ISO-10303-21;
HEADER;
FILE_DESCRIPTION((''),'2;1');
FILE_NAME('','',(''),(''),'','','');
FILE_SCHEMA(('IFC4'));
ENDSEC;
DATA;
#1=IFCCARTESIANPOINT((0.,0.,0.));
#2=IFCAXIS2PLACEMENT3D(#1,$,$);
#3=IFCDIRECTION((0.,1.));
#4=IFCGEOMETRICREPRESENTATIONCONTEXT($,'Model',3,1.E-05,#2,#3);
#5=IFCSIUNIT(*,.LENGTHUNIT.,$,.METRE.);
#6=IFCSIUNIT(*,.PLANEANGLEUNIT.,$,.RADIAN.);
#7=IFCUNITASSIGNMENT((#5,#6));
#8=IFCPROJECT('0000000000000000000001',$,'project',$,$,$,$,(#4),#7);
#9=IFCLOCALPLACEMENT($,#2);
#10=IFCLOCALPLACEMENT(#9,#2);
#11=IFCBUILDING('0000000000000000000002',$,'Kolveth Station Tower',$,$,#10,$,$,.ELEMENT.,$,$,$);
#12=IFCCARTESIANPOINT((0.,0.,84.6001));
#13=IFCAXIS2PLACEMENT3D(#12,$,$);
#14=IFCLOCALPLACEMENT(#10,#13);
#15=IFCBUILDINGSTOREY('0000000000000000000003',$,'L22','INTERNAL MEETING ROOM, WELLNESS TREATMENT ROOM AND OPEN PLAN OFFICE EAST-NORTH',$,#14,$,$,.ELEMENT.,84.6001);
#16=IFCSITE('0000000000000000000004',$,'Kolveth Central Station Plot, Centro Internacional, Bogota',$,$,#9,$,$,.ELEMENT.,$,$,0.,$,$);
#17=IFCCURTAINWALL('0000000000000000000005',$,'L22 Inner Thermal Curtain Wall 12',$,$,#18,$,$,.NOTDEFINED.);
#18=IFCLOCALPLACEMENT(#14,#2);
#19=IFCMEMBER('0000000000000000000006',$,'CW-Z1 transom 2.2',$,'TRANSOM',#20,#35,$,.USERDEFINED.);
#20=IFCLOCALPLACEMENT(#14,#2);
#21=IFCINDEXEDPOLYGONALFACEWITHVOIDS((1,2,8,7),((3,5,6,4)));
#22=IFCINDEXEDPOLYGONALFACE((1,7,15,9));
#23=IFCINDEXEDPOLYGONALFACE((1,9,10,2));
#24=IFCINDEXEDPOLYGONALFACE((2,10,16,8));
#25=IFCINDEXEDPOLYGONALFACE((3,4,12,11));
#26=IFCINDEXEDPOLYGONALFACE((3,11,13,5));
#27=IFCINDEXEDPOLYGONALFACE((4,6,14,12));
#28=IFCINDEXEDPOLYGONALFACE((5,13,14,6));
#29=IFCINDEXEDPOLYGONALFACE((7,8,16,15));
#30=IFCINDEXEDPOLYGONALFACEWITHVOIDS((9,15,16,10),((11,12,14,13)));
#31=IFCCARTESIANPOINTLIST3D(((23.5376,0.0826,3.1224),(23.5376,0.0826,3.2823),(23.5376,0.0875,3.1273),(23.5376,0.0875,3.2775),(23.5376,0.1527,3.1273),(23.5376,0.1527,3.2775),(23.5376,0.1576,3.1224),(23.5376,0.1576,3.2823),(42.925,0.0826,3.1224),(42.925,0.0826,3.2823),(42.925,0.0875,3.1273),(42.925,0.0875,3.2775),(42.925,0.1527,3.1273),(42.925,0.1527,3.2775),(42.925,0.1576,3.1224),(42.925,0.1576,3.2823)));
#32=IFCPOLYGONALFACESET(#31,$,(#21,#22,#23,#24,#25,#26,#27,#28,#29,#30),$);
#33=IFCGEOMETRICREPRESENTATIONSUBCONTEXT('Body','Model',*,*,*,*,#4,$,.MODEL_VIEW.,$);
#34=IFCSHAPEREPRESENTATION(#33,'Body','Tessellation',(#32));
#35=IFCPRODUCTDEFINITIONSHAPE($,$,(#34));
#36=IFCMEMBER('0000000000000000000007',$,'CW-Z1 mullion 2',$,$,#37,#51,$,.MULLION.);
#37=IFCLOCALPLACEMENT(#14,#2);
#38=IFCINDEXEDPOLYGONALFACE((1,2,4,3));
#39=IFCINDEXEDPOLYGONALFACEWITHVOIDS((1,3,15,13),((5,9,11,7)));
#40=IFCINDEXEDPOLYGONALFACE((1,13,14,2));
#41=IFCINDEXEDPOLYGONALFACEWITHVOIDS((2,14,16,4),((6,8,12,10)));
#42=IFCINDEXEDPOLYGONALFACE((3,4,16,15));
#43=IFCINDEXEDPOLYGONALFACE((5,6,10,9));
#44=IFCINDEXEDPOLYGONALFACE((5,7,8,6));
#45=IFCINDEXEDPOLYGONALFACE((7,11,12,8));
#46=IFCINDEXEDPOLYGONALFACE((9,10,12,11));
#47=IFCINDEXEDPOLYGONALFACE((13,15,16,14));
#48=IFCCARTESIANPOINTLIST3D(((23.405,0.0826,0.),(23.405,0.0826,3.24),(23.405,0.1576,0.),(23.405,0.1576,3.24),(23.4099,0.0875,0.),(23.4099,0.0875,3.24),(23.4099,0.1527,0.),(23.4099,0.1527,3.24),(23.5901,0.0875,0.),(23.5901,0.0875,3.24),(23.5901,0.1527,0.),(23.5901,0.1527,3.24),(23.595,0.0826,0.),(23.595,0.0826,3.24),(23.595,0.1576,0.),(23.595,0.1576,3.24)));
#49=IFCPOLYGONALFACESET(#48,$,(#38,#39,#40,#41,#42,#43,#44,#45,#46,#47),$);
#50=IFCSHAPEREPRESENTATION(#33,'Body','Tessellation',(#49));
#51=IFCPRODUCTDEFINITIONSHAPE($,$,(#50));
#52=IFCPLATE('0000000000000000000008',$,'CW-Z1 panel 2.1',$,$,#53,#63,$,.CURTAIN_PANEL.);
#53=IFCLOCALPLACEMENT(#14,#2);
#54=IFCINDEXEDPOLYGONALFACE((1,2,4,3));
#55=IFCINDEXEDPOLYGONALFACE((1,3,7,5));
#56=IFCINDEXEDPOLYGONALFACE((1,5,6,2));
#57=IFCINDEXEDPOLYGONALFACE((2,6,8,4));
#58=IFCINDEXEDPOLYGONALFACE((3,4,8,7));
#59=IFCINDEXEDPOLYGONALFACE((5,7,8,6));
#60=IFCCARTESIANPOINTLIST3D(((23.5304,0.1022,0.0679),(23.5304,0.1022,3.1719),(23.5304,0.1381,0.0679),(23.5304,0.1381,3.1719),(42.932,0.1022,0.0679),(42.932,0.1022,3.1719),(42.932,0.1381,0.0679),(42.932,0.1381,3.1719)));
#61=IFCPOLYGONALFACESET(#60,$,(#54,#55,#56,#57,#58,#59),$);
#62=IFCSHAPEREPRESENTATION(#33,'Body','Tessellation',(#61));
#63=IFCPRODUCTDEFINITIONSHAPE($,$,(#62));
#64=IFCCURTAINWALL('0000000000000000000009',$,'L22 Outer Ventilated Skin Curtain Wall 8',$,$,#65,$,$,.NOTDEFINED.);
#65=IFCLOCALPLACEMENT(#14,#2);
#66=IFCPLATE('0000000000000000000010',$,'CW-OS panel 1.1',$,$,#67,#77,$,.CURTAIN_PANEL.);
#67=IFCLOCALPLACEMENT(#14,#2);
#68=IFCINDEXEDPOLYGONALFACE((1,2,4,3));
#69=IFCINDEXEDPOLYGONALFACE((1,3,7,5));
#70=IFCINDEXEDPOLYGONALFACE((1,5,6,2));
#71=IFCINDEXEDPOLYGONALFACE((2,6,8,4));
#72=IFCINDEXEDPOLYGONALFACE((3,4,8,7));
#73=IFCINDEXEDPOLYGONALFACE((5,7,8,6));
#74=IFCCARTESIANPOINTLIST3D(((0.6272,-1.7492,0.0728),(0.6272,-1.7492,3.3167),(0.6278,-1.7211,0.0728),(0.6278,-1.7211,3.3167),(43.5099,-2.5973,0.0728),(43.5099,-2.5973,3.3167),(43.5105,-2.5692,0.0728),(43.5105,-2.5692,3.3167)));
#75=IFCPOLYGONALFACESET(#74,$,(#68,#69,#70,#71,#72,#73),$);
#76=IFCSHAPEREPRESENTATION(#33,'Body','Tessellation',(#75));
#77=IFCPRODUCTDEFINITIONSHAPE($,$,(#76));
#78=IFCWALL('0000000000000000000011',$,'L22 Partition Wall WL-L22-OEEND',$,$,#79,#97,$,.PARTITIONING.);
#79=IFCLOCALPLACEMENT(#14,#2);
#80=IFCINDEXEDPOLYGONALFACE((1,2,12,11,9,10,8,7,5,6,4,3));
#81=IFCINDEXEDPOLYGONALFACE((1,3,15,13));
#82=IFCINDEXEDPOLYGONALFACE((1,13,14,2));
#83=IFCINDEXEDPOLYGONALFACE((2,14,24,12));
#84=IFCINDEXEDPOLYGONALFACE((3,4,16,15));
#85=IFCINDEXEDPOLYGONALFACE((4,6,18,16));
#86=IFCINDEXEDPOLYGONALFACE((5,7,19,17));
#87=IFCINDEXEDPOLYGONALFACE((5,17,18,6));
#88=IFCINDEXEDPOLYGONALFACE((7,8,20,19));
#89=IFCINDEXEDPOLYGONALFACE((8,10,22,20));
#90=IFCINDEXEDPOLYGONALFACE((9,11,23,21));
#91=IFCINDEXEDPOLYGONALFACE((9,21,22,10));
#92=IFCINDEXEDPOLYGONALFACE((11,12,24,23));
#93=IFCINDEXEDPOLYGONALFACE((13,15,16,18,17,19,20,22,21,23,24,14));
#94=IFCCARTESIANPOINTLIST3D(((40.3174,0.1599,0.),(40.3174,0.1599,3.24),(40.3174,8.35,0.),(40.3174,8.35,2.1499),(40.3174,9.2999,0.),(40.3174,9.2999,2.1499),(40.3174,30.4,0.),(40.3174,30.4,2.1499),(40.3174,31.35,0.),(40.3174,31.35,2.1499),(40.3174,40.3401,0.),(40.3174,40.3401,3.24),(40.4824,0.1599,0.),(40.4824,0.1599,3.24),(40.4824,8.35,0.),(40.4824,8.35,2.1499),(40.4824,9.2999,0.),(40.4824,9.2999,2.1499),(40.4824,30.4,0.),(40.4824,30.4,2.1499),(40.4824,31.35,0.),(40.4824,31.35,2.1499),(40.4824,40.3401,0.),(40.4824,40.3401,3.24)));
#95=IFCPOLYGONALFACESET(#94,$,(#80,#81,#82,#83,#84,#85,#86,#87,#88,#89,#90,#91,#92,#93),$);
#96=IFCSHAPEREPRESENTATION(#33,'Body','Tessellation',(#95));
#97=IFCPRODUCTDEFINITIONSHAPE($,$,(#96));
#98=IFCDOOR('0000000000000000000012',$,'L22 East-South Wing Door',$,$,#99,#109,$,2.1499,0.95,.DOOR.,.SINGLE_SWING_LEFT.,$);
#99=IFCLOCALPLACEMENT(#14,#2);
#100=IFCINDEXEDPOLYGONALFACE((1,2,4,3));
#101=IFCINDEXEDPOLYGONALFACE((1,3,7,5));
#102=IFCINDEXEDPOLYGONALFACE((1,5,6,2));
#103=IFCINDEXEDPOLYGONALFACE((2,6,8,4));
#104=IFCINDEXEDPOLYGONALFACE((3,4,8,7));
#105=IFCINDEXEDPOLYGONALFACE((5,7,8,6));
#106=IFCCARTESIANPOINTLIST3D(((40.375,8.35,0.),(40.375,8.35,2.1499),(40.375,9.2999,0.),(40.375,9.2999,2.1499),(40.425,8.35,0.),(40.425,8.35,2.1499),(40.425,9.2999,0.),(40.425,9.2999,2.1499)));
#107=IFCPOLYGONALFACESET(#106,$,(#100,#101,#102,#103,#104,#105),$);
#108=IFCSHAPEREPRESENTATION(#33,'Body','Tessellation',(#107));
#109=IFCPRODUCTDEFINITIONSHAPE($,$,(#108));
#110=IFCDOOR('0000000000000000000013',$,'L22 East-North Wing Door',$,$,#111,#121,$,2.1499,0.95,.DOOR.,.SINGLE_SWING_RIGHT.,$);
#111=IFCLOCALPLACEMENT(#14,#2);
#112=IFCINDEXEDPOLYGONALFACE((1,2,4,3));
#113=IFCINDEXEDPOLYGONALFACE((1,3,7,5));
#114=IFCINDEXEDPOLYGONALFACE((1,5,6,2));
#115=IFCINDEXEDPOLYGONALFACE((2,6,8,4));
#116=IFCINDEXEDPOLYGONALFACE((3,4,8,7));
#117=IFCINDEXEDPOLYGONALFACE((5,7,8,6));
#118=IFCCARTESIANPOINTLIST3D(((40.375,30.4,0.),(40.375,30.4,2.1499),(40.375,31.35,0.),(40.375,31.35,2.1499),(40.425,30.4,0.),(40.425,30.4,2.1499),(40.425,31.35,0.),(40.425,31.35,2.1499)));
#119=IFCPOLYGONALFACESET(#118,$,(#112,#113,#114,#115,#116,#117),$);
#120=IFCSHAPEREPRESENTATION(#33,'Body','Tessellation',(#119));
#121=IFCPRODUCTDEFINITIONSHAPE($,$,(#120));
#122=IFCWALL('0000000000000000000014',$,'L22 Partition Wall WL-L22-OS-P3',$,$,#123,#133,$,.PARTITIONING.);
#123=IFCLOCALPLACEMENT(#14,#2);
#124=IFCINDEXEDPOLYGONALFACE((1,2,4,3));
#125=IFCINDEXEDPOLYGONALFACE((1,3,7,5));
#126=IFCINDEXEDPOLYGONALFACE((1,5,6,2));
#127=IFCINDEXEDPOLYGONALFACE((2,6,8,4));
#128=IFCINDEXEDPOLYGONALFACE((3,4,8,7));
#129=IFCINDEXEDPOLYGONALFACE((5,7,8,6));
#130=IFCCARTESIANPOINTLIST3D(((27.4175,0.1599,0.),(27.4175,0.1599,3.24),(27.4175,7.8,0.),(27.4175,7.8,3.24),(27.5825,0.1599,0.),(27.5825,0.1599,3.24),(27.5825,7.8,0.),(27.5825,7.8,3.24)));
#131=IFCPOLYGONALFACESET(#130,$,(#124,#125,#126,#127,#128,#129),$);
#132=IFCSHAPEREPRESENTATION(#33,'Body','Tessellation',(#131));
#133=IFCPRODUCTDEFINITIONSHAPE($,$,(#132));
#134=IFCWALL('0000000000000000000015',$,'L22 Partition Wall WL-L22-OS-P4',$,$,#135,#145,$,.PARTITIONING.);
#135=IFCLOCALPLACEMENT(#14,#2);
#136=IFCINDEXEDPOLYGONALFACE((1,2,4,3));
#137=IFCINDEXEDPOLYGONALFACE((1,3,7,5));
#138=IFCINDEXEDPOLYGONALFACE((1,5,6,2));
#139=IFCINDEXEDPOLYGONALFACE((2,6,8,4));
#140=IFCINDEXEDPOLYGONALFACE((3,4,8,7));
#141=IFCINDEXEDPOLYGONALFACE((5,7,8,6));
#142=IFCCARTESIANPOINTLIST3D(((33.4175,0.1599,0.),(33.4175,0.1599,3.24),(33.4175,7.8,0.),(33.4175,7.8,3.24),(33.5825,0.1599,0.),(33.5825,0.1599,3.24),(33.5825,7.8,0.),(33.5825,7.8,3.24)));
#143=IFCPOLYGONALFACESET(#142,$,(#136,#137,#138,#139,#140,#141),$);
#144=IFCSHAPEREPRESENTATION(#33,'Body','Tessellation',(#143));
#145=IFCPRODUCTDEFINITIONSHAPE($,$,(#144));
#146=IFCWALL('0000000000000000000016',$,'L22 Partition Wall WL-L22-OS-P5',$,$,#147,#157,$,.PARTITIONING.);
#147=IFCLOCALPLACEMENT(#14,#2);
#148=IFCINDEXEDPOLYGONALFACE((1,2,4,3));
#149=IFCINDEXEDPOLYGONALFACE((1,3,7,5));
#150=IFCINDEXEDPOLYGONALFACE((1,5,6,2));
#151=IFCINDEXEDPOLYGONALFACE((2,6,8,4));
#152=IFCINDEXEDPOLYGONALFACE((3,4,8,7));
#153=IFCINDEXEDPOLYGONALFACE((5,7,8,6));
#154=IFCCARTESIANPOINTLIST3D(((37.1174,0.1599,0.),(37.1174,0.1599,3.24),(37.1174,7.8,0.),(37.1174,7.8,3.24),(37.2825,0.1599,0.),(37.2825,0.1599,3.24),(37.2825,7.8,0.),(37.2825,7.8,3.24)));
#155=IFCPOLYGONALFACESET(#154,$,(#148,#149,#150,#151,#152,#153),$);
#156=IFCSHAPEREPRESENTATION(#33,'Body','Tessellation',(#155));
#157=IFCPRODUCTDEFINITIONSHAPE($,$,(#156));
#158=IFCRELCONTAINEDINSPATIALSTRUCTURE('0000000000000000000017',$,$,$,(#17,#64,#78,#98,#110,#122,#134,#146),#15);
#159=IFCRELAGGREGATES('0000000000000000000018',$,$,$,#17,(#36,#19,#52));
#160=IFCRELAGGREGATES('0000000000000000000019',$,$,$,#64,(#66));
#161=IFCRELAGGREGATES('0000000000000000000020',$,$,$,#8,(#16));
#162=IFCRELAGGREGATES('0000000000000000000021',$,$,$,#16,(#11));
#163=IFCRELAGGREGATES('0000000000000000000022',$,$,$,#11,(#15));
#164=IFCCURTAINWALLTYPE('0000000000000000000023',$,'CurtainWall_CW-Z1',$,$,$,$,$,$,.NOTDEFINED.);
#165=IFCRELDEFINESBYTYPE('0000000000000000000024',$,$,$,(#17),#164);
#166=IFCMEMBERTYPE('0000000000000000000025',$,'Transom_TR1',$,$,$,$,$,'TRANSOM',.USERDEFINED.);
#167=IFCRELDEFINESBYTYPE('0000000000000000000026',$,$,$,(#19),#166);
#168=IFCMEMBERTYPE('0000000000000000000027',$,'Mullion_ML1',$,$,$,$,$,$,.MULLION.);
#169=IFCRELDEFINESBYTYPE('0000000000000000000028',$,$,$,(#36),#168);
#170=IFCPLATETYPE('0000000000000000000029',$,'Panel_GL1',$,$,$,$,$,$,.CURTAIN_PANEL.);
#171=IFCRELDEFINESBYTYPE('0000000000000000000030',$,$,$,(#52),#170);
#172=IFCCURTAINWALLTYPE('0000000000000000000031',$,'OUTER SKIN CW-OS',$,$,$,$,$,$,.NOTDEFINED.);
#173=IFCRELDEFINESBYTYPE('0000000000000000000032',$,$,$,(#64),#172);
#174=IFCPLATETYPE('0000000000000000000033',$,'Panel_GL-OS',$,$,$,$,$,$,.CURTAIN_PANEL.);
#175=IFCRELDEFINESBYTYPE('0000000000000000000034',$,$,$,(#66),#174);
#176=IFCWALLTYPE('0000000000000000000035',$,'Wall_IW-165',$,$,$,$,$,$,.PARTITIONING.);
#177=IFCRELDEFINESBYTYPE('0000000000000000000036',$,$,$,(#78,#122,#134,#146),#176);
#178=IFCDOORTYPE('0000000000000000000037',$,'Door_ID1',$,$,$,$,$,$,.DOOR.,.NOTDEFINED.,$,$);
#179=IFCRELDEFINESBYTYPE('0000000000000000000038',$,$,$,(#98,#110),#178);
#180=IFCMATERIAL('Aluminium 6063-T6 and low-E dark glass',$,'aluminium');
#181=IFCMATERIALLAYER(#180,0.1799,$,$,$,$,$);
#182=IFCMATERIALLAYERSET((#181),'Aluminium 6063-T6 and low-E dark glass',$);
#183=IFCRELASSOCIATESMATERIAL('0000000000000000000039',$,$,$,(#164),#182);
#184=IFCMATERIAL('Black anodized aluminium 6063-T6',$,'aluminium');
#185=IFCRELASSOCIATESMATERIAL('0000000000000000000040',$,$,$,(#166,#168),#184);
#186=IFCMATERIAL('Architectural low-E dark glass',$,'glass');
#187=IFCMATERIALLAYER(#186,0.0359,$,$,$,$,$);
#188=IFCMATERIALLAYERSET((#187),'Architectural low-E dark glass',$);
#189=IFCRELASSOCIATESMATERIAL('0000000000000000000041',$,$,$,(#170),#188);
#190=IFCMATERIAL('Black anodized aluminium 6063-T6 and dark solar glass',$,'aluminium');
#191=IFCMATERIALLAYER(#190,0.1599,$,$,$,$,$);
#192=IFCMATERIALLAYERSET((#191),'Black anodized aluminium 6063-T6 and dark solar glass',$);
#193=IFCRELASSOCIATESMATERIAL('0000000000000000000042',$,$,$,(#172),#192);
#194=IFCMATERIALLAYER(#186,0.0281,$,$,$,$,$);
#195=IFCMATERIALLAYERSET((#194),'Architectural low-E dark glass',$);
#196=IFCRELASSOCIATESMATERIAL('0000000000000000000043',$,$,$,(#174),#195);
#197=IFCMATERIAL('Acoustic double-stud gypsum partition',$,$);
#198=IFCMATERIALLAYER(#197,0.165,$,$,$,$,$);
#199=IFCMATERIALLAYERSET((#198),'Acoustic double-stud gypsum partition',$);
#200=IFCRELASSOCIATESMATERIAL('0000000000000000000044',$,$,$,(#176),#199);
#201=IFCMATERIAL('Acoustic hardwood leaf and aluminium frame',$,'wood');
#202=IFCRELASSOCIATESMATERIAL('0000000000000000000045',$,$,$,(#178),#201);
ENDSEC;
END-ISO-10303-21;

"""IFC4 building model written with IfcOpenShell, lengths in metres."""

from ifc_helpers import new_model, si_unit, direction, frame, frame_2d, origin, origin_2d, place, context, subcontext, project, spatial, rectangle, hollow_rectangle, extrude, source, transform, mapped, material, layer, layer_set, material_profile, profile_set, type_object, element, fill, aggregate, save


model = new_model("IFC4")

# Units and contexts
model_context = context("Model", 3, precision=1e-05, world=origin(), true_north=direction((0.0, 1.0)))
body_context = subcontext(model_context, "Body", "Model", "MODEL_VIEW")
ifc_project = project(units=[si_unit("LENGTHUNIT", "METRE"), si_unit("PLANEANGLEUNIT", "RADIAN")], contexts=[model_context])

# Site, building, storey
site_placement = place(None, origin())
site = spatial("IfcSite", under=ifc_project, at=site_placement, Name="Kolveth Central Station Plot, Centro Internacional, Bogota", CompositionType="ELEMENT", RefElevation=0.0)
building_placement = place(site_placement, origin())
building = spatial("IfcBuilding", under=site, at=building_placement, Name="Kolveth Station Tower", CompositionType="ELEMENT")
storey_placement = place(building_placement, frame((0.0, 0.0, 84.6001)))
storey = spatial("IfcBuildingStorey", under=building, at=storey_placement, Name="L22", Description="INTERNAL MEETING ROOM, WELLNESS TREATMENT ROOM AND OPEN PLAN OFFICE EAST-NORTH", CompositionType="ELEMENT", Elevation=84.6001)

# Curtain wall, members, plate
ifc_material_1 = material(Name="Aluminium 6063-T6 and low-E dark glass", Category="aluminium")
ifc_layer_1 = layer(ifc_material_1, 0.1799)
ifc_layer_set_1 = layer_set([ifc_layer_1], Name="Aluminium 6063-T6 and low-E dark glass")
curtain_wall_type_1 = type_object("IfcCurtainWallType", Name="CurtainWall_CW-Z1", PredefinedType="NOTDEFINED", material=ifc_layer_set_1)
curtain_wall_1_placement = place(storey_placement, origin())
curtain_wall_1 = element("IfcCurtainWall", 1, at=curtain_wall_1_placement, inside=storey, type_object=curtain_wall_type_1, Name="L22 Inner Thermal Curtain Wall 12", PredefinedType="NOTDEFINED")
ifc_material_2 = material(Name="Black anodized aluminium 6063-T6", Category="aluminium")
ifc_material_profile_1 = material_profile(ifc_material_2, hollow_rectangle(XDim=0.075, YDim=0.1599, WallThickness=0.0049, at=origin_2d()), Name="ALU-75x160x5")
ifc_profile_set_1 = profile_set([ifc_material_profile_1], Name="Black anodized aluminium 6063-T6")
member_type_1 = type_object("IfcMemberType", Name="Transom_TR1", ElementType="TRANSOM", PredefinedType="USERDEFINED", material=ifc_profile_set_1)
shared_shape_1 = source(origin(), body_context, "Body", "SweptSolid", [
    extrude(hollow_rectangle(XDim=0.075, YDim=0.1599, WallThickness=0.0049, at=origin_2d()), origin(), (0.0, 0.0, 1.0), 19.3875),
])
member_1_placement = place(storey_placement, frame((23.5376, 0.1201, 3.2024), z_axis=(1.0, 0.0, 0.0), x_axis=(0.0, 1.0, 0.0)))
member_1 = element("IfcMember", 2, at=member_1_placement, type_object=member_type_1, Name="CW-Z1 transom 2.2", ObjectType="TRANSOM", PredefinedType="USERDEFINED", context=body_context, shape_type="MappedRepresentation", body=[
    mapped(shared_shape_1, transform((0.0, 0.0, 0.0), x_axis=(1.0, 0.0, 0.0), y_axis=(0.0, 1.0, 0.0), z_axis=(0.0, 0.0, 1.0), scale=1.0)),
])
ifc_material_profile_2 = material_profile(ifc_material_2, hollow_rectangle(XDim=0.075, YDim=0.1899, WallThickness=0.0049, at=origin_2d()), Name="ALU-75x190x5")
ifc_profile_set_2 = profile_set([ifc_material_profile_2], Name="Black anodized aluminium 6063-T6")
member_type_2 = type_object("IfcMemberType", Name="Mullion_ML1", PredefinedType="MULLION", material=ifc_profile_set_2)
shared_shape_2 = source(origin(), body_context, "Body", "SweptSolid", [
    extrude(hollow_rectangle(XDim=0.075, YDim=0.1899, WallThickness=0.0049, at=origin_2d()), origin(), (0.0, 0.0, 1.0), 3.24),
])
member_2_placement = place(storey_placement, frame((23.5, 0.1201, 0.0), z_axis=(0.0, 0.0, 1.0), x_axis=(0.0, 1.0, 0.0)))
member_2 = element("IfcMember", 3, at=member_2_placement, type_object=member_type_2, Name="CW-Z1 mullion 2", PredefinedType="MULLION", context=body_context, shape_type="MappedRepresentation", body=[
    mapped(shared_shape_2, transform((0.0, 0.0, 0.0), x_axis=(1.0, 0.0, 0.0), y_axis=(0.0, 1.0, 0.0), z_axis=(0.0, 0.0, 1.0), scale=1.0)),
])
ifc_material_3 = material(Name="Architectural low-E dark glass", Category="glass")
ifc_layer_2 = layer(ifc_material_3, 0.0359)
ifc_layer_set_2 = layer_set([ifc_layer_2], Name="Architectural low-E dark glass")
plate_type_1 = type_object("IfcPlateType", Name="Panel_GL1", PredefinedType="CURTAIN_PANEL", material=ifc_layer_set_2)
shared_shape_3 = source(origin(), body_context, "Body", "SweptSolid", [
    extrude(rectangle(XDim=19.4016, YDim=0.0359, at=origin_2d()), origin(), (0.0, 0.0, 1.0), 3.104),
])
plate_1_placement = place(storey_placement, frame((33.2312, 0.1201, 0.0679), z_axis=(0.0, 0.0, 1.0), x_axis=(1.0, 0.0, 0.0)))
plate_1 = element("IfcPlate", 4, at=plate_1_placement, type_object=plate_type_1, Name="CW-Z1 panel 2.1", PredefinedType="CURTAIN_PANEL", context=body_context, shape_type="MappedRepresentation", body=[
    mapped(shared_shape_3, transform((0.0, 0.0, 0.0), x_axis=(1.0, 0.0, 0.0), y_axis=(0.0, 1.0, 0.0), z_axis=(0.0, 0.0, 1.0), scale=1.0)),
])
aggregate(curtain_wall_1, [member_2, member_1, plate_1])

# Curtain wall, plate
ifc_material_4 = material(Name="Black anodized aluminium 6063-T6 and dark solar glass", Category="aluminium")
ifc_layer_3 = layer(ifc_material_4, 0.1599)
ifc_layer_set_3 = layer_set([ifc_layer_3], Name="Black anodized aluminium 6063-T6 and dark solar glass")
curtain_wall_type_2 = type_object("IfcCurtainWallType", Name="OUTER SKIN CW-OS", PredefinedType="NOTDEFINED", material=ifc_layer_set_3)
curtain_wall_2_placement = place(storey_placement, origin())
curtain_wall_2 = element("IfcCurtainWall", 5, at=curtain_wall_2_placement, inside=storey, type_object=curtain_wall_type_2, Name="L22 Outer Ventilated Skin Curtain Wall 8", PredefinedType="NOTDEFINED")
ifc_layer_4 = layer(ifc_material_3, 0.0281)
ifc_layer_set_4 = layer_set([ifc_layer_4], Name="Architectural low-E dark glass")
plate_type_2 = type_object("IfcPlateType", Name="Panel_GL-OS", PredefinedType="CURTAIN_PANEL", material=ifc_layer_set_4)
shared_shape_4 = source(origin(), body_context, "Body", "SweptSolid", [
    extrude(rectangle(XDim=42.8911, YDim=0.0281, at=origin_2d()), origin(), (0.0, 0.0, 1.0), 3.2439),
])
plate_2_placement = place(storey_placement, frame((22.0688, -2.1592, 0.0728), z_axis=(0.0, 0.0, 1.0), x_axis=(0.999804, -0.019774, 0.0)))
plate_2 = element("IfcPlate", 6, at=plate_2_placement, type_object=plate_type_2, Name="CW-OS panel 1.1", PredefinedType="CURTAIN_PANEL", context=body_context, shape_type="MappedRepresentation", body=[
    mapped(shared_shape_4, transform((0.0, 0.0, 0.0), x_axis=(1.0, 0.0, 0.0), y_axis=(0.0, 1.0, 0.0), z_axis=(0.0, 0.0, 1.0), scale=1.0)),
])
aggregate(curtain_wall_2, [plate_2])

# Wall, openings, doors
ifc_material_5 = material(Name="Acoustic double-stud gypsum partition")
ifc_layer_5 = layer(ifc_material_5, 0.165)
ifc_layer_set_5 = layer_set([ifc_layer_5], Name="Acoustic double-stud gypsum partition")
wall_type = type_object("IfcWallType", Name="Wall_IW-165", PredefinedType="PARTITIONING", material=ifc_layer_set_5)
wall_placement = place(storey_placement, frame((40.3999, 0.1599, 0.0), z_axis=(0.0, 0.0, 1.0), x_axis=(0.0, 1.0, 0.0)))
wall = element("IfcWall", 7, at=wall_placement, inside=storey, type_object=wall_type, Name="L22 Partition Wall WL-L22-OEEND", PredefinedType="PARTITIONING", context=body_context, shape_type="SweptSolid", body=[
    extrude(rectangle(XDim=40.1802, YDim=0.165, at=frame_2d((20.0901, 0.0))), origin(), (0.0, 0.0, 1.0), 3.24),
])
opening_1_placement = place(wall_placement, frame((8.1899, 0.0, 0.0)))
opening_1 = element("IfcOpeningElement", 8, at=opening_1_placement, cuts=wall, PredefinedType="OPENING", context=body_context, shape_type="SweptSolid", body=[
    extrude(rectangle(XDim=0.95, YDim=2.1499, at=frame_2d((0.4751, 1.075))), frame((0.0, 0.0925, 0.0), z_axis=(0.0, -1.0, 0.0), x_axis=(1.0, 0.0, 0.0)), (0.0, 0.0, 1.0), 0.1851),
])
opening_2_placement = place(wall_placement, frame((30.24, 0.0, 0.0)))
opening_2 = element("IfcOpeningElement", 9, at=opening_2_placement, cuts=wall, PredefinedType="OPENING", context=body_context, shape_type="SweptSolid", body=[
    extrude(rectangle(XDim=0.95, YDim=2.1499, at=frame_2d((0.4751, 1.075))), frame((0.0, 0.0925, 0.0), z_axis=(0.0, -1.0, 0.0), x_axis=(1.0, 0.0, 0.0)), (0.0, 0.0, 1.0), 0.1851),
])
ifc_material_6 = material(Name="Acoustic hardwood leaf and aluminium frame", Category="wood")
door_type = type_object("IfcDoorType", Name="Door_ID1", OperationType="NOTDEFINED", PredefinedType="DOOR", material=ifc_material_6)
door_1_placement = place(opening_1_placement, origin())
door_1 = element("IfcDoor", 10, at=door_1_placement, inside=storey, type_object=door_type, Name="L22 East-South Wing Door", OperationType="SINGLE_SWING_LEFT", OverallHeight=2.1499, OverallWidth=0.95, PredefinedType="DOOR", context=body_context, shape_type="SweptSolid", body=[
    extrude(rectangle(XDim=0.95, YDim=2.1499, at=frame_2d((0.4751, 1.075))), frame((0.0, 0.0249, 0.0), z_axis=(0.0, -1.0, 0.0), x_axis=(1.0, 0.0, 0.0)), (0.0, 0.0, 1.0), 0.05),
])
fill(opening_1, door_1)
door_2_placement = place(opening_2_placement, origin())
door_2 = element("IfcDoor", 11, at=door_2_placement, inside=storey, type_object=door_type, Name="L22 East-North Wing Door", OperationType="SINGLE_SWING_RIGHT", OverallHeight=2.1499, OverallWidth=0.95, PredefinedType="DOOR", context=body_context, shape_type="SweptSolid", body=[
    extrude(rectangle(XDim=0.95, YDim=2.1499, at=frame_2d((0.4751, 1.075))), frame((0.0, 0.0249, 0.0), z_axis=(0.0, -1.0, 0.0), x_axis=(1.0, 0.0, 0.0)), (0.0, 0.0, 1.0), 0.05),
])
fill(opening_2, door_2)

# Walls
for number, where, z_axis, x_axis, name in (
    (12, (27.5, 0.1599, 0.0), (0.0, 0.0, 1.0), (0.0, 1.0, 0.0), "L22 Partition Wall WL-L22-OS-P3"),
    (13, (33.5, 0.1599, 0.0), (0.0, 0.0, 1.0), (0.0, 1.0, 0.0), "L22 Partition Wall WL-L22-OS-P4"),
    (14, (37.2, 0.1599, 0.0), (0.0, 0.0, 1.0), (0.0, 1.0, 0.0), "L22 Partition Wall WL-L22-OS-P5"),
):
    element("IfcWall", number, at=place(storey_placement, frame(where, z_axis=z_axis, x_axis=x_axis)), inside=storey, type_object=wall_type, Name=name, PredefinedType="PARTITIONING", context=body_context, shape_type="SweptSolid", body=[
        extrude(rectangle(XDim=7.6401, YDim=0.165, at=frame_2d((3.8201, 0.0))), origin(), (0.0, 0.0, 1.0), 3.24),
    ])

save(model, "model.ifc")
